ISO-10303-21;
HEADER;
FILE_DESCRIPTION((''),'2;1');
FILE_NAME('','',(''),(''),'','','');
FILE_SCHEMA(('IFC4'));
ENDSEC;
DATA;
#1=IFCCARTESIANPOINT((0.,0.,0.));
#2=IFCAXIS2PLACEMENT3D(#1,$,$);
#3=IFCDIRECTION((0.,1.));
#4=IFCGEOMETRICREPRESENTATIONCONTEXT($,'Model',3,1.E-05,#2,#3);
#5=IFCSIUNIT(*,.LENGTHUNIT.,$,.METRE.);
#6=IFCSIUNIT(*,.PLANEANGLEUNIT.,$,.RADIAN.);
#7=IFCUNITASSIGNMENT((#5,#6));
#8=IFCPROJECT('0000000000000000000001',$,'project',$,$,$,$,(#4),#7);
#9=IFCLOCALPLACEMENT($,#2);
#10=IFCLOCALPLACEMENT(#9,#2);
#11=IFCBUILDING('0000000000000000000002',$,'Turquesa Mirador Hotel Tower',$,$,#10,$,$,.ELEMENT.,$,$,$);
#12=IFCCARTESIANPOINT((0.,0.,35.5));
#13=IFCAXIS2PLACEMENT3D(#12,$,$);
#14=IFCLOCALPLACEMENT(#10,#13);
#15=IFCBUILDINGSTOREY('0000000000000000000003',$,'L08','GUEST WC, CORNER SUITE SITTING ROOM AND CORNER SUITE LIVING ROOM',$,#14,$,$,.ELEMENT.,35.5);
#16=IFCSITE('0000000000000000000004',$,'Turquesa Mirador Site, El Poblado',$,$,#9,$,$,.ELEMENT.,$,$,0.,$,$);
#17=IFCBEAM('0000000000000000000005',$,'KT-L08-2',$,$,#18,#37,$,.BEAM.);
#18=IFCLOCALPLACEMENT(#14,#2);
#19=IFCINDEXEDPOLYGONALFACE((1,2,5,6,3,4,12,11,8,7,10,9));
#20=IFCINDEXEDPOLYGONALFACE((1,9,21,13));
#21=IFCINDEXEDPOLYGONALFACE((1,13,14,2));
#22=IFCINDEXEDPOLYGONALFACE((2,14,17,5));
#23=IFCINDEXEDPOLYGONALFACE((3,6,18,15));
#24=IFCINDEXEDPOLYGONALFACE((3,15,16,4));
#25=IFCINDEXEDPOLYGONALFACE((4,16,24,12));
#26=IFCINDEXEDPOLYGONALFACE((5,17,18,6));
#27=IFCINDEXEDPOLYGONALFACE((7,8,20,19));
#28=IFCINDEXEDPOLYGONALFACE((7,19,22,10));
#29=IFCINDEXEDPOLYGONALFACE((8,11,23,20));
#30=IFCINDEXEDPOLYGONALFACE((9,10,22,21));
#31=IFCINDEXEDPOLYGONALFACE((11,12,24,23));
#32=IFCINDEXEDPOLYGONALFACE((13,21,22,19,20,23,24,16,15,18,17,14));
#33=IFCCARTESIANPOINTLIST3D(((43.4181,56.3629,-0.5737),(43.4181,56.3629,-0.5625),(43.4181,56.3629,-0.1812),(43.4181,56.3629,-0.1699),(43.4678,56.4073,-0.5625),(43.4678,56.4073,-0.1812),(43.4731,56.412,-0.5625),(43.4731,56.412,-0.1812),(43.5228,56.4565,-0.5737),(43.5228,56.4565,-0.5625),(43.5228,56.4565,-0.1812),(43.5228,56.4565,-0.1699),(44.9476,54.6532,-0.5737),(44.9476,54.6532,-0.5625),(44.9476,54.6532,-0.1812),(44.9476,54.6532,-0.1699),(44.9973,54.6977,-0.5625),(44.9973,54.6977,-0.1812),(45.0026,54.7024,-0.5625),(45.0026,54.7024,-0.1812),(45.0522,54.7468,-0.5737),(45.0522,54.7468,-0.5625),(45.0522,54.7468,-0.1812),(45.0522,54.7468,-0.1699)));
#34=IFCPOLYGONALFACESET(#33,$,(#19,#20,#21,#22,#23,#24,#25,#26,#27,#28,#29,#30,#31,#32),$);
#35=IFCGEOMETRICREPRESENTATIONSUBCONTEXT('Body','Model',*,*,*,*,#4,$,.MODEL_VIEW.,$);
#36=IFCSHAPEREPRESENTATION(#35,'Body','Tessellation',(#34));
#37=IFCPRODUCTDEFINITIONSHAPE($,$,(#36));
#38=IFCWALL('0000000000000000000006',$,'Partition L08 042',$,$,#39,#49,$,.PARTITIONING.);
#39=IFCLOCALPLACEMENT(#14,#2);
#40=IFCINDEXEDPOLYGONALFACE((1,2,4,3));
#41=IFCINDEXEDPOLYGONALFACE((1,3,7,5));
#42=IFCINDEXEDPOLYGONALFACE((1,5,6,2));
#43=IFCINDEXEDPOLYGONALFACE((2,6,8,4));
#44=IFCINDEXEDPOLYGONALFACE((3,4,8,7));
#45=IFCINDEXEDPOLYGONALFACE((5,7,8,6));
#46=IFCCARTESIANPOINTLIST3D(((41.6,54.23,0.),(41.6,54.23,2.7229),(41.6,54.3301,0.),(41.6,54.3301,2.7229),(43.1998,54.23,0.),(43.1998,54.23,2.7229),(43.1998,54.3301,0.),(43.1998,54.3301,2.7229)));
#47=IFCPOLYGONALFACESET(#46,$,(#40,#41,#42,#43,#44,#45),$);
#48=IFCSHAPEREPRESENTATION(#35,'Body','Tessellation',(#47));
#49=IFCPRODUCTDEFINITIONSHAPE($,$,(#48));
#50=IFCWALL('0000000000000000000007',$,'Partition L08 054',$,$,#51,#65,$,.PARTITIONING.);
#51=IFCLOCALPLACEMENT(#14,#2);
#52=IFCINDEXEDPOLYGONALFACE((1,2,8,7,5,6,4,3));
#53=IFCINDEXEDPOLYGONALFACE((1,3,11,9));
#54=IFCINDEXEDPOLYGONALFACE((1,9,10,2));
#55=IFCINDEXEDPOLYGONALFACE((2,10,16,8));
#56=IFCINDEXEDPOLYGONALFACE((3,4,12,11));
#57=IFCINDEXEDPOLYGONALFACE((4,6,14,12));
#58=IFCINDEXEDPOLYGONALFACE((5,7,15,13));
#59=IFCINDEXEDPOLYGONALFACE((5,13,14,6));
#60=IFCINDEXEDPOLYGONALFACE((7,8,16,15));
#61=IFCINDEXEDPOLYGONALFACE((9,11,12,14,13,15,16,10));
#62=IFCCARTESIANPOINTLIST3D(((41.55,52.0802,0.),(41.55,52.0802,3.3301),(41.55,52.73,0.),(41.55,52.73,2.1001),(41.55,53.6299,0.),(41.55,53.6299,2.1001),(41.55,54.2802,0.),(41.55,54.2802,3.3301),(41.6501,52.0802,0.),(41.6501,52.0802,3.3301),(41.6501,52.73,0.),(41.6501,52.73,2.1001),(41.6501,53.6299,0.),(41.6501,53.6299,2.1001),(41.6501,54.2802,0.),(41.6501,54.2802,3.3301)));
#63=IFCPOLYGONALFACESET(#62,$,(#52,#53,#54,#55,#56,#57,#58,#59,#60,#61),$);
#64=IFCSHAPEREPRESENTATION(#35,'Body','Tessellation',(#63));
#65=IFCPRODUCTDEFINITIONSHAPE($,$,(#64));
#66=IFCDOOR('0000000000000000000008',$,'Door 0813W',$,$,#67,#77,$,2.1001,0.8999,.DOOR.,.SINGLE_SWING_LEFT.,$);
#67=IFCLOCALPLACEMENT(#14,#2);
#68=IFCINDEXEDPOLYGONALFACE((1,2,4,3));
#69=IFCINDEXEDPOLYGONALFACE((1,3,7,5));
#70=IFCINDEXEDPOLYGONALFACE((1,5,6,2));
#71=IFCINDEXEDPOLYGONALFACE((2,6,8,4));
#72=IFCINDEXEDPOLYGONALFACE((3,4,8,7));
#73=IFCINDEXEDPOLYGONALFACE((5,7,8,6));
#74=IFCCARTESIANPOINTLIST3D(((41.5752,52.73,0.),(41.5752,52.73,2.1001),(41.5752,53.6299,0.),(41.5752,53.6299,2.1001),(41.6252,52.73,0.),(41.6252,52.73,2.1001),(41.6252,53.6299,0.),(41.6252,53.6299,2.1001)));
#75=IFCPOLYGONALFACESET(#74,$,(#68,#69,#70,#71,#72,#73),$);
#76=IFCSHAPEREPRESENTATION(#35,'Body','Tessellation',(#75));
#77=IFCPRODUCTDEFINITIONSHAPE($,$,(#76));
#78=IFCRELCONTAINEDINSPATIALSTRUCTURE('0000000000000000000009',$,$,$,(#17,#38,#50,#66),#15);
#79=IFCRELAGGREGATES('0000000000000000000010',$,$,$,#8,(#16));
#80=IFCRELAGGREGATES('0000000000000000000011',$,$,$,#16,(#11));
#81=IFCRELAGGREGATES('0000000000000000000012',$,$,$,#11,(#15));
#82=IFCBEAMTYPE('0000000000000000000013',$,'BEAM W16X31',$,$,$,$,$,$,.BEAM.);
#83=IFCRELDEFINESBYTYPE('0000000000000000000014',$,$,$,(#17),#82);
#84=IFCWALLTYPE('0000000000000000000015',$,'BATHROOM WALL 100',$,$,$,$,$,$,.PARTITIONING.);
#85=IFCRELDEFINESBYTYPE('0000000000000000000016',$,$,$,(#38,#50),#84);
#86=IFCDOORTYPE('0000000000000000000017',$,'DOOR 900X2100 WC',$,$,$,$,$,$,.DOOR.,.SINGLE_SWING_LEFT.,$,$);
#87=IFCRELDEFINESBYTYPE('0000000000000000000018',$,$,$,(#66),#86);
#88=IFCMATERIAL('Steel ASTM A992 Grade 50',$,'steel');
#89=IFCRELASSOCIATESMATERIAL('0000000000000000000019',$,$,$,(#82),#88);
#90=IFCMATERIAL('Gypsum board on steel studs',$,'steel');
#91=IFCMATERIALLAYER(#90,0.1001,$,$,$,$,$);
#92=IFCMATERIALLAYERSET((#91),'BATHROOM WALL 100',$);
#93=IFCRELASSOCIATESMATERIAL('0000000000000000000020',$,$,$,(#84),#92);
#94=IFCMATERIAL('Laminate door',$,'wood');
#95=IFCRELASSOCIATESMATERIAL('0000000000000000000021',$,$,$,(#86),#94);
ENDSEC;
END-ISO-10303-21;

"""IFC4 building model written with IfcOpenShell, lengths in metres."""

from ifc_helpers import new_model, si_unit, direction, frame, frame_2d, origin, origin_2d, place, context, subcontext, project, spatial, rectangle, i_section, extrude, material, layer, layer_set, material_profile, profile_set, type_object, element, fill, save


model = new_model("IFC4")

# Units and contexts
model_context = context("Model", 3, precision=1e-05, world=origin(), true_north=direction((0.0, 1.0)))
body_context = subcontext(model_context, "Body", "Model", "MODEL_VIEW")
ifc_project = project(units=[si_unit("LENGTHUNIT", "METRE"), si_unit("PLANEANGLEUNIT", "RADIAN")], contexts=[model_context])

# Site, building, storey
site_placement = place(None, origin())
site = spatial("IfcSite", under=ifc_project, at=site_placement, Name="Turquesa Mirador Site, El Poblado", CompositionType="ELEMENT", RefElevation=0.0)
building_placement = place(site_placement, origin())
building = spatial("IfcBuilding", under=site, at=building_placement, Name="Turquesa Mirador Hotel Tower", CompositionType="ELEMENT")
storey_placement = place(building_placement, frame((0.0, 0.0, 35.5)))
storey = spatial("IfcBuildingStorey", under=building, at=storey_placement, Name="L08", Description="GUEST WC, CORNER SUITE SITTING ROOM AND CORNER SUITE LIVING ROOM", CompositionType="ELEMENT", Elevation=35.5)

# Beam
ifc_material_1 = material(Name="Steel ASTM A992 Grade 50", Category="steel")
ifc_material_profile = material_profile(ifc_material_1, i_section(OverallWidth=0.1404, OverallDepth=0.4038, WebThickness=0.0071, FlangeThickness=0.0112, at=origin_2d()), Name="W16X31")
ifc_profile_set = profile_set([ifc_material_profile], Name="Steel ASTM A992 Grade 50")
beam_type = type_object("IfcBeamType", Name="BEAM W16X31", PredefinedType="BEAM", material=ifc_profile_set)
beam_placement = place(storey_placement, frame((43.4705, 56.4097, -0.3718), z_axis=(0.666745, -0.745286, 0.0), x_axis=(0.745286, 0.666745, 0.0)))
element("IfcBeam", 1, at=beam_placement, inside=storey, type_object=beam_type, Name="KT-L08-2", PredefinedType="BEAM", context=body_context, shape_type="SweptSolid", body=[
    extrude(i_section(OverallWidth=0.1404, OverallDepth=0.4038, WebThickness=0.0071, FlangeThickness=0.0112, at=origin_2d()), origin(), (0.0, 0.0, 1.0), 2.2939),
])

# Wall
ifc_material_2 = material(Name="Gypsum board on steel studs", Category="steel")
ifc_layer_1 = layer(ifc_material_2, 0.1001)
ifc_layer_set_1 = layer_set([ifc_layer_1], Name="BATHROOM WALL 100")
wall_type_1 = type_object("IfcWallType", Name="BATHROOM WALL 100", PredefinedType="PARTITIONING", material=ifc_layer_set_1)
wall_1_placement = place(storey_placement, frame((41.6001, 54.28, 0.0), z_axis=(0.0, 0.0, 1.0), x_axis=(1.0, 0.0, 0.0)))
element("IfcWall", 2, at=wall_1_placement, inside=storey, type_object=wall_type_1, Name="Partition L08 042", PredefinedType="PARTITIONING", context=body_context, shape_type="SweptSolid", body=[
    extrude(rectangle(XDim=1.5999, YDim=0.1001, at=frame_2d((0.7998, 0.0))), origin(), (0.0, 0.0, 1.0), 2.7229),
])

# Wall, opening, door
wall_2_placement = place(storey_placement, frame((41.6001, 52.0801, 0.0), z_axis=(0.0, 0.0, 1.0), x_axis=(0.0, 1.0, 0.0)))
wall_2 = element("IfcWall", 3, at=wall_2_placement, inside=storey, type_object=wall_type_1, Name="Partition L08 054", PredefinedType="PARTITIONING", context=body_context, shape_type="SweptSolid", body=[
    extrude(rectangle(XDim=2.2, YDim=0.1001, at=frame_2d((1.1001, 0.0))), origin(), (0.0, 0.0, 1.0), 3.3301),
])
opening_1_placement = place(wall_2_placement, frame((0.6499, 0.0, 0.0)))
opening_1 = element("IfcOpeningElement", 4, at=opening_1_placement, cuts=wall_2, PredefinedType="OPENING", context=body_context, shape_type="SweptSolid", body=[
    extrude(rectangle(XDim=0.8999, YDim=2.1001, at=frame_2d((0.45, 1.05))), frame((0.0, 0.0601, 0.0), z_axis=(0.0, -1.0, 0.0), x_axis=(1.0, 0.0, 0.0)), (0.0, 0.0, 1.0), 0.1201),
])
ifc_material_3 = material(Name="Laminate door", Category="wood")
door_type_1 = type_object("IfcDoorType", Name="DOOR 900X2100 WC", OperationType="SINGLE_SWING_LEFT", PredefinedType="DOOR", material=ifc_material_3)
door_1_placement = place(opening_1_placement, origin())
door_1 = element("IfcDoor", 5, at=door_1_placement, inside=storey, type_object=door_type_1, Name="Door 0813W", OperationType="SINGLE_SWING_LEFT", OverallHeight=2.1001, OverallWidth=0.8999, PredefinedType="DOOR", context=body_context, shape_type="SweptSolid", body=[
    extrude(rectangle(XDim=0.8999, YDim=2.1001, at=frame_2d((0.45, 1.05))), frame((0.0, 0.0249, 0.0), z_axis=(0.0, -1.0, 0.0), x_axis=(1.0, 0.0, 0.0)), (0.0, 0.0, 1.0), 0.05),
])
fill(opening_1, door_1)

save(model, "model.ifc")
